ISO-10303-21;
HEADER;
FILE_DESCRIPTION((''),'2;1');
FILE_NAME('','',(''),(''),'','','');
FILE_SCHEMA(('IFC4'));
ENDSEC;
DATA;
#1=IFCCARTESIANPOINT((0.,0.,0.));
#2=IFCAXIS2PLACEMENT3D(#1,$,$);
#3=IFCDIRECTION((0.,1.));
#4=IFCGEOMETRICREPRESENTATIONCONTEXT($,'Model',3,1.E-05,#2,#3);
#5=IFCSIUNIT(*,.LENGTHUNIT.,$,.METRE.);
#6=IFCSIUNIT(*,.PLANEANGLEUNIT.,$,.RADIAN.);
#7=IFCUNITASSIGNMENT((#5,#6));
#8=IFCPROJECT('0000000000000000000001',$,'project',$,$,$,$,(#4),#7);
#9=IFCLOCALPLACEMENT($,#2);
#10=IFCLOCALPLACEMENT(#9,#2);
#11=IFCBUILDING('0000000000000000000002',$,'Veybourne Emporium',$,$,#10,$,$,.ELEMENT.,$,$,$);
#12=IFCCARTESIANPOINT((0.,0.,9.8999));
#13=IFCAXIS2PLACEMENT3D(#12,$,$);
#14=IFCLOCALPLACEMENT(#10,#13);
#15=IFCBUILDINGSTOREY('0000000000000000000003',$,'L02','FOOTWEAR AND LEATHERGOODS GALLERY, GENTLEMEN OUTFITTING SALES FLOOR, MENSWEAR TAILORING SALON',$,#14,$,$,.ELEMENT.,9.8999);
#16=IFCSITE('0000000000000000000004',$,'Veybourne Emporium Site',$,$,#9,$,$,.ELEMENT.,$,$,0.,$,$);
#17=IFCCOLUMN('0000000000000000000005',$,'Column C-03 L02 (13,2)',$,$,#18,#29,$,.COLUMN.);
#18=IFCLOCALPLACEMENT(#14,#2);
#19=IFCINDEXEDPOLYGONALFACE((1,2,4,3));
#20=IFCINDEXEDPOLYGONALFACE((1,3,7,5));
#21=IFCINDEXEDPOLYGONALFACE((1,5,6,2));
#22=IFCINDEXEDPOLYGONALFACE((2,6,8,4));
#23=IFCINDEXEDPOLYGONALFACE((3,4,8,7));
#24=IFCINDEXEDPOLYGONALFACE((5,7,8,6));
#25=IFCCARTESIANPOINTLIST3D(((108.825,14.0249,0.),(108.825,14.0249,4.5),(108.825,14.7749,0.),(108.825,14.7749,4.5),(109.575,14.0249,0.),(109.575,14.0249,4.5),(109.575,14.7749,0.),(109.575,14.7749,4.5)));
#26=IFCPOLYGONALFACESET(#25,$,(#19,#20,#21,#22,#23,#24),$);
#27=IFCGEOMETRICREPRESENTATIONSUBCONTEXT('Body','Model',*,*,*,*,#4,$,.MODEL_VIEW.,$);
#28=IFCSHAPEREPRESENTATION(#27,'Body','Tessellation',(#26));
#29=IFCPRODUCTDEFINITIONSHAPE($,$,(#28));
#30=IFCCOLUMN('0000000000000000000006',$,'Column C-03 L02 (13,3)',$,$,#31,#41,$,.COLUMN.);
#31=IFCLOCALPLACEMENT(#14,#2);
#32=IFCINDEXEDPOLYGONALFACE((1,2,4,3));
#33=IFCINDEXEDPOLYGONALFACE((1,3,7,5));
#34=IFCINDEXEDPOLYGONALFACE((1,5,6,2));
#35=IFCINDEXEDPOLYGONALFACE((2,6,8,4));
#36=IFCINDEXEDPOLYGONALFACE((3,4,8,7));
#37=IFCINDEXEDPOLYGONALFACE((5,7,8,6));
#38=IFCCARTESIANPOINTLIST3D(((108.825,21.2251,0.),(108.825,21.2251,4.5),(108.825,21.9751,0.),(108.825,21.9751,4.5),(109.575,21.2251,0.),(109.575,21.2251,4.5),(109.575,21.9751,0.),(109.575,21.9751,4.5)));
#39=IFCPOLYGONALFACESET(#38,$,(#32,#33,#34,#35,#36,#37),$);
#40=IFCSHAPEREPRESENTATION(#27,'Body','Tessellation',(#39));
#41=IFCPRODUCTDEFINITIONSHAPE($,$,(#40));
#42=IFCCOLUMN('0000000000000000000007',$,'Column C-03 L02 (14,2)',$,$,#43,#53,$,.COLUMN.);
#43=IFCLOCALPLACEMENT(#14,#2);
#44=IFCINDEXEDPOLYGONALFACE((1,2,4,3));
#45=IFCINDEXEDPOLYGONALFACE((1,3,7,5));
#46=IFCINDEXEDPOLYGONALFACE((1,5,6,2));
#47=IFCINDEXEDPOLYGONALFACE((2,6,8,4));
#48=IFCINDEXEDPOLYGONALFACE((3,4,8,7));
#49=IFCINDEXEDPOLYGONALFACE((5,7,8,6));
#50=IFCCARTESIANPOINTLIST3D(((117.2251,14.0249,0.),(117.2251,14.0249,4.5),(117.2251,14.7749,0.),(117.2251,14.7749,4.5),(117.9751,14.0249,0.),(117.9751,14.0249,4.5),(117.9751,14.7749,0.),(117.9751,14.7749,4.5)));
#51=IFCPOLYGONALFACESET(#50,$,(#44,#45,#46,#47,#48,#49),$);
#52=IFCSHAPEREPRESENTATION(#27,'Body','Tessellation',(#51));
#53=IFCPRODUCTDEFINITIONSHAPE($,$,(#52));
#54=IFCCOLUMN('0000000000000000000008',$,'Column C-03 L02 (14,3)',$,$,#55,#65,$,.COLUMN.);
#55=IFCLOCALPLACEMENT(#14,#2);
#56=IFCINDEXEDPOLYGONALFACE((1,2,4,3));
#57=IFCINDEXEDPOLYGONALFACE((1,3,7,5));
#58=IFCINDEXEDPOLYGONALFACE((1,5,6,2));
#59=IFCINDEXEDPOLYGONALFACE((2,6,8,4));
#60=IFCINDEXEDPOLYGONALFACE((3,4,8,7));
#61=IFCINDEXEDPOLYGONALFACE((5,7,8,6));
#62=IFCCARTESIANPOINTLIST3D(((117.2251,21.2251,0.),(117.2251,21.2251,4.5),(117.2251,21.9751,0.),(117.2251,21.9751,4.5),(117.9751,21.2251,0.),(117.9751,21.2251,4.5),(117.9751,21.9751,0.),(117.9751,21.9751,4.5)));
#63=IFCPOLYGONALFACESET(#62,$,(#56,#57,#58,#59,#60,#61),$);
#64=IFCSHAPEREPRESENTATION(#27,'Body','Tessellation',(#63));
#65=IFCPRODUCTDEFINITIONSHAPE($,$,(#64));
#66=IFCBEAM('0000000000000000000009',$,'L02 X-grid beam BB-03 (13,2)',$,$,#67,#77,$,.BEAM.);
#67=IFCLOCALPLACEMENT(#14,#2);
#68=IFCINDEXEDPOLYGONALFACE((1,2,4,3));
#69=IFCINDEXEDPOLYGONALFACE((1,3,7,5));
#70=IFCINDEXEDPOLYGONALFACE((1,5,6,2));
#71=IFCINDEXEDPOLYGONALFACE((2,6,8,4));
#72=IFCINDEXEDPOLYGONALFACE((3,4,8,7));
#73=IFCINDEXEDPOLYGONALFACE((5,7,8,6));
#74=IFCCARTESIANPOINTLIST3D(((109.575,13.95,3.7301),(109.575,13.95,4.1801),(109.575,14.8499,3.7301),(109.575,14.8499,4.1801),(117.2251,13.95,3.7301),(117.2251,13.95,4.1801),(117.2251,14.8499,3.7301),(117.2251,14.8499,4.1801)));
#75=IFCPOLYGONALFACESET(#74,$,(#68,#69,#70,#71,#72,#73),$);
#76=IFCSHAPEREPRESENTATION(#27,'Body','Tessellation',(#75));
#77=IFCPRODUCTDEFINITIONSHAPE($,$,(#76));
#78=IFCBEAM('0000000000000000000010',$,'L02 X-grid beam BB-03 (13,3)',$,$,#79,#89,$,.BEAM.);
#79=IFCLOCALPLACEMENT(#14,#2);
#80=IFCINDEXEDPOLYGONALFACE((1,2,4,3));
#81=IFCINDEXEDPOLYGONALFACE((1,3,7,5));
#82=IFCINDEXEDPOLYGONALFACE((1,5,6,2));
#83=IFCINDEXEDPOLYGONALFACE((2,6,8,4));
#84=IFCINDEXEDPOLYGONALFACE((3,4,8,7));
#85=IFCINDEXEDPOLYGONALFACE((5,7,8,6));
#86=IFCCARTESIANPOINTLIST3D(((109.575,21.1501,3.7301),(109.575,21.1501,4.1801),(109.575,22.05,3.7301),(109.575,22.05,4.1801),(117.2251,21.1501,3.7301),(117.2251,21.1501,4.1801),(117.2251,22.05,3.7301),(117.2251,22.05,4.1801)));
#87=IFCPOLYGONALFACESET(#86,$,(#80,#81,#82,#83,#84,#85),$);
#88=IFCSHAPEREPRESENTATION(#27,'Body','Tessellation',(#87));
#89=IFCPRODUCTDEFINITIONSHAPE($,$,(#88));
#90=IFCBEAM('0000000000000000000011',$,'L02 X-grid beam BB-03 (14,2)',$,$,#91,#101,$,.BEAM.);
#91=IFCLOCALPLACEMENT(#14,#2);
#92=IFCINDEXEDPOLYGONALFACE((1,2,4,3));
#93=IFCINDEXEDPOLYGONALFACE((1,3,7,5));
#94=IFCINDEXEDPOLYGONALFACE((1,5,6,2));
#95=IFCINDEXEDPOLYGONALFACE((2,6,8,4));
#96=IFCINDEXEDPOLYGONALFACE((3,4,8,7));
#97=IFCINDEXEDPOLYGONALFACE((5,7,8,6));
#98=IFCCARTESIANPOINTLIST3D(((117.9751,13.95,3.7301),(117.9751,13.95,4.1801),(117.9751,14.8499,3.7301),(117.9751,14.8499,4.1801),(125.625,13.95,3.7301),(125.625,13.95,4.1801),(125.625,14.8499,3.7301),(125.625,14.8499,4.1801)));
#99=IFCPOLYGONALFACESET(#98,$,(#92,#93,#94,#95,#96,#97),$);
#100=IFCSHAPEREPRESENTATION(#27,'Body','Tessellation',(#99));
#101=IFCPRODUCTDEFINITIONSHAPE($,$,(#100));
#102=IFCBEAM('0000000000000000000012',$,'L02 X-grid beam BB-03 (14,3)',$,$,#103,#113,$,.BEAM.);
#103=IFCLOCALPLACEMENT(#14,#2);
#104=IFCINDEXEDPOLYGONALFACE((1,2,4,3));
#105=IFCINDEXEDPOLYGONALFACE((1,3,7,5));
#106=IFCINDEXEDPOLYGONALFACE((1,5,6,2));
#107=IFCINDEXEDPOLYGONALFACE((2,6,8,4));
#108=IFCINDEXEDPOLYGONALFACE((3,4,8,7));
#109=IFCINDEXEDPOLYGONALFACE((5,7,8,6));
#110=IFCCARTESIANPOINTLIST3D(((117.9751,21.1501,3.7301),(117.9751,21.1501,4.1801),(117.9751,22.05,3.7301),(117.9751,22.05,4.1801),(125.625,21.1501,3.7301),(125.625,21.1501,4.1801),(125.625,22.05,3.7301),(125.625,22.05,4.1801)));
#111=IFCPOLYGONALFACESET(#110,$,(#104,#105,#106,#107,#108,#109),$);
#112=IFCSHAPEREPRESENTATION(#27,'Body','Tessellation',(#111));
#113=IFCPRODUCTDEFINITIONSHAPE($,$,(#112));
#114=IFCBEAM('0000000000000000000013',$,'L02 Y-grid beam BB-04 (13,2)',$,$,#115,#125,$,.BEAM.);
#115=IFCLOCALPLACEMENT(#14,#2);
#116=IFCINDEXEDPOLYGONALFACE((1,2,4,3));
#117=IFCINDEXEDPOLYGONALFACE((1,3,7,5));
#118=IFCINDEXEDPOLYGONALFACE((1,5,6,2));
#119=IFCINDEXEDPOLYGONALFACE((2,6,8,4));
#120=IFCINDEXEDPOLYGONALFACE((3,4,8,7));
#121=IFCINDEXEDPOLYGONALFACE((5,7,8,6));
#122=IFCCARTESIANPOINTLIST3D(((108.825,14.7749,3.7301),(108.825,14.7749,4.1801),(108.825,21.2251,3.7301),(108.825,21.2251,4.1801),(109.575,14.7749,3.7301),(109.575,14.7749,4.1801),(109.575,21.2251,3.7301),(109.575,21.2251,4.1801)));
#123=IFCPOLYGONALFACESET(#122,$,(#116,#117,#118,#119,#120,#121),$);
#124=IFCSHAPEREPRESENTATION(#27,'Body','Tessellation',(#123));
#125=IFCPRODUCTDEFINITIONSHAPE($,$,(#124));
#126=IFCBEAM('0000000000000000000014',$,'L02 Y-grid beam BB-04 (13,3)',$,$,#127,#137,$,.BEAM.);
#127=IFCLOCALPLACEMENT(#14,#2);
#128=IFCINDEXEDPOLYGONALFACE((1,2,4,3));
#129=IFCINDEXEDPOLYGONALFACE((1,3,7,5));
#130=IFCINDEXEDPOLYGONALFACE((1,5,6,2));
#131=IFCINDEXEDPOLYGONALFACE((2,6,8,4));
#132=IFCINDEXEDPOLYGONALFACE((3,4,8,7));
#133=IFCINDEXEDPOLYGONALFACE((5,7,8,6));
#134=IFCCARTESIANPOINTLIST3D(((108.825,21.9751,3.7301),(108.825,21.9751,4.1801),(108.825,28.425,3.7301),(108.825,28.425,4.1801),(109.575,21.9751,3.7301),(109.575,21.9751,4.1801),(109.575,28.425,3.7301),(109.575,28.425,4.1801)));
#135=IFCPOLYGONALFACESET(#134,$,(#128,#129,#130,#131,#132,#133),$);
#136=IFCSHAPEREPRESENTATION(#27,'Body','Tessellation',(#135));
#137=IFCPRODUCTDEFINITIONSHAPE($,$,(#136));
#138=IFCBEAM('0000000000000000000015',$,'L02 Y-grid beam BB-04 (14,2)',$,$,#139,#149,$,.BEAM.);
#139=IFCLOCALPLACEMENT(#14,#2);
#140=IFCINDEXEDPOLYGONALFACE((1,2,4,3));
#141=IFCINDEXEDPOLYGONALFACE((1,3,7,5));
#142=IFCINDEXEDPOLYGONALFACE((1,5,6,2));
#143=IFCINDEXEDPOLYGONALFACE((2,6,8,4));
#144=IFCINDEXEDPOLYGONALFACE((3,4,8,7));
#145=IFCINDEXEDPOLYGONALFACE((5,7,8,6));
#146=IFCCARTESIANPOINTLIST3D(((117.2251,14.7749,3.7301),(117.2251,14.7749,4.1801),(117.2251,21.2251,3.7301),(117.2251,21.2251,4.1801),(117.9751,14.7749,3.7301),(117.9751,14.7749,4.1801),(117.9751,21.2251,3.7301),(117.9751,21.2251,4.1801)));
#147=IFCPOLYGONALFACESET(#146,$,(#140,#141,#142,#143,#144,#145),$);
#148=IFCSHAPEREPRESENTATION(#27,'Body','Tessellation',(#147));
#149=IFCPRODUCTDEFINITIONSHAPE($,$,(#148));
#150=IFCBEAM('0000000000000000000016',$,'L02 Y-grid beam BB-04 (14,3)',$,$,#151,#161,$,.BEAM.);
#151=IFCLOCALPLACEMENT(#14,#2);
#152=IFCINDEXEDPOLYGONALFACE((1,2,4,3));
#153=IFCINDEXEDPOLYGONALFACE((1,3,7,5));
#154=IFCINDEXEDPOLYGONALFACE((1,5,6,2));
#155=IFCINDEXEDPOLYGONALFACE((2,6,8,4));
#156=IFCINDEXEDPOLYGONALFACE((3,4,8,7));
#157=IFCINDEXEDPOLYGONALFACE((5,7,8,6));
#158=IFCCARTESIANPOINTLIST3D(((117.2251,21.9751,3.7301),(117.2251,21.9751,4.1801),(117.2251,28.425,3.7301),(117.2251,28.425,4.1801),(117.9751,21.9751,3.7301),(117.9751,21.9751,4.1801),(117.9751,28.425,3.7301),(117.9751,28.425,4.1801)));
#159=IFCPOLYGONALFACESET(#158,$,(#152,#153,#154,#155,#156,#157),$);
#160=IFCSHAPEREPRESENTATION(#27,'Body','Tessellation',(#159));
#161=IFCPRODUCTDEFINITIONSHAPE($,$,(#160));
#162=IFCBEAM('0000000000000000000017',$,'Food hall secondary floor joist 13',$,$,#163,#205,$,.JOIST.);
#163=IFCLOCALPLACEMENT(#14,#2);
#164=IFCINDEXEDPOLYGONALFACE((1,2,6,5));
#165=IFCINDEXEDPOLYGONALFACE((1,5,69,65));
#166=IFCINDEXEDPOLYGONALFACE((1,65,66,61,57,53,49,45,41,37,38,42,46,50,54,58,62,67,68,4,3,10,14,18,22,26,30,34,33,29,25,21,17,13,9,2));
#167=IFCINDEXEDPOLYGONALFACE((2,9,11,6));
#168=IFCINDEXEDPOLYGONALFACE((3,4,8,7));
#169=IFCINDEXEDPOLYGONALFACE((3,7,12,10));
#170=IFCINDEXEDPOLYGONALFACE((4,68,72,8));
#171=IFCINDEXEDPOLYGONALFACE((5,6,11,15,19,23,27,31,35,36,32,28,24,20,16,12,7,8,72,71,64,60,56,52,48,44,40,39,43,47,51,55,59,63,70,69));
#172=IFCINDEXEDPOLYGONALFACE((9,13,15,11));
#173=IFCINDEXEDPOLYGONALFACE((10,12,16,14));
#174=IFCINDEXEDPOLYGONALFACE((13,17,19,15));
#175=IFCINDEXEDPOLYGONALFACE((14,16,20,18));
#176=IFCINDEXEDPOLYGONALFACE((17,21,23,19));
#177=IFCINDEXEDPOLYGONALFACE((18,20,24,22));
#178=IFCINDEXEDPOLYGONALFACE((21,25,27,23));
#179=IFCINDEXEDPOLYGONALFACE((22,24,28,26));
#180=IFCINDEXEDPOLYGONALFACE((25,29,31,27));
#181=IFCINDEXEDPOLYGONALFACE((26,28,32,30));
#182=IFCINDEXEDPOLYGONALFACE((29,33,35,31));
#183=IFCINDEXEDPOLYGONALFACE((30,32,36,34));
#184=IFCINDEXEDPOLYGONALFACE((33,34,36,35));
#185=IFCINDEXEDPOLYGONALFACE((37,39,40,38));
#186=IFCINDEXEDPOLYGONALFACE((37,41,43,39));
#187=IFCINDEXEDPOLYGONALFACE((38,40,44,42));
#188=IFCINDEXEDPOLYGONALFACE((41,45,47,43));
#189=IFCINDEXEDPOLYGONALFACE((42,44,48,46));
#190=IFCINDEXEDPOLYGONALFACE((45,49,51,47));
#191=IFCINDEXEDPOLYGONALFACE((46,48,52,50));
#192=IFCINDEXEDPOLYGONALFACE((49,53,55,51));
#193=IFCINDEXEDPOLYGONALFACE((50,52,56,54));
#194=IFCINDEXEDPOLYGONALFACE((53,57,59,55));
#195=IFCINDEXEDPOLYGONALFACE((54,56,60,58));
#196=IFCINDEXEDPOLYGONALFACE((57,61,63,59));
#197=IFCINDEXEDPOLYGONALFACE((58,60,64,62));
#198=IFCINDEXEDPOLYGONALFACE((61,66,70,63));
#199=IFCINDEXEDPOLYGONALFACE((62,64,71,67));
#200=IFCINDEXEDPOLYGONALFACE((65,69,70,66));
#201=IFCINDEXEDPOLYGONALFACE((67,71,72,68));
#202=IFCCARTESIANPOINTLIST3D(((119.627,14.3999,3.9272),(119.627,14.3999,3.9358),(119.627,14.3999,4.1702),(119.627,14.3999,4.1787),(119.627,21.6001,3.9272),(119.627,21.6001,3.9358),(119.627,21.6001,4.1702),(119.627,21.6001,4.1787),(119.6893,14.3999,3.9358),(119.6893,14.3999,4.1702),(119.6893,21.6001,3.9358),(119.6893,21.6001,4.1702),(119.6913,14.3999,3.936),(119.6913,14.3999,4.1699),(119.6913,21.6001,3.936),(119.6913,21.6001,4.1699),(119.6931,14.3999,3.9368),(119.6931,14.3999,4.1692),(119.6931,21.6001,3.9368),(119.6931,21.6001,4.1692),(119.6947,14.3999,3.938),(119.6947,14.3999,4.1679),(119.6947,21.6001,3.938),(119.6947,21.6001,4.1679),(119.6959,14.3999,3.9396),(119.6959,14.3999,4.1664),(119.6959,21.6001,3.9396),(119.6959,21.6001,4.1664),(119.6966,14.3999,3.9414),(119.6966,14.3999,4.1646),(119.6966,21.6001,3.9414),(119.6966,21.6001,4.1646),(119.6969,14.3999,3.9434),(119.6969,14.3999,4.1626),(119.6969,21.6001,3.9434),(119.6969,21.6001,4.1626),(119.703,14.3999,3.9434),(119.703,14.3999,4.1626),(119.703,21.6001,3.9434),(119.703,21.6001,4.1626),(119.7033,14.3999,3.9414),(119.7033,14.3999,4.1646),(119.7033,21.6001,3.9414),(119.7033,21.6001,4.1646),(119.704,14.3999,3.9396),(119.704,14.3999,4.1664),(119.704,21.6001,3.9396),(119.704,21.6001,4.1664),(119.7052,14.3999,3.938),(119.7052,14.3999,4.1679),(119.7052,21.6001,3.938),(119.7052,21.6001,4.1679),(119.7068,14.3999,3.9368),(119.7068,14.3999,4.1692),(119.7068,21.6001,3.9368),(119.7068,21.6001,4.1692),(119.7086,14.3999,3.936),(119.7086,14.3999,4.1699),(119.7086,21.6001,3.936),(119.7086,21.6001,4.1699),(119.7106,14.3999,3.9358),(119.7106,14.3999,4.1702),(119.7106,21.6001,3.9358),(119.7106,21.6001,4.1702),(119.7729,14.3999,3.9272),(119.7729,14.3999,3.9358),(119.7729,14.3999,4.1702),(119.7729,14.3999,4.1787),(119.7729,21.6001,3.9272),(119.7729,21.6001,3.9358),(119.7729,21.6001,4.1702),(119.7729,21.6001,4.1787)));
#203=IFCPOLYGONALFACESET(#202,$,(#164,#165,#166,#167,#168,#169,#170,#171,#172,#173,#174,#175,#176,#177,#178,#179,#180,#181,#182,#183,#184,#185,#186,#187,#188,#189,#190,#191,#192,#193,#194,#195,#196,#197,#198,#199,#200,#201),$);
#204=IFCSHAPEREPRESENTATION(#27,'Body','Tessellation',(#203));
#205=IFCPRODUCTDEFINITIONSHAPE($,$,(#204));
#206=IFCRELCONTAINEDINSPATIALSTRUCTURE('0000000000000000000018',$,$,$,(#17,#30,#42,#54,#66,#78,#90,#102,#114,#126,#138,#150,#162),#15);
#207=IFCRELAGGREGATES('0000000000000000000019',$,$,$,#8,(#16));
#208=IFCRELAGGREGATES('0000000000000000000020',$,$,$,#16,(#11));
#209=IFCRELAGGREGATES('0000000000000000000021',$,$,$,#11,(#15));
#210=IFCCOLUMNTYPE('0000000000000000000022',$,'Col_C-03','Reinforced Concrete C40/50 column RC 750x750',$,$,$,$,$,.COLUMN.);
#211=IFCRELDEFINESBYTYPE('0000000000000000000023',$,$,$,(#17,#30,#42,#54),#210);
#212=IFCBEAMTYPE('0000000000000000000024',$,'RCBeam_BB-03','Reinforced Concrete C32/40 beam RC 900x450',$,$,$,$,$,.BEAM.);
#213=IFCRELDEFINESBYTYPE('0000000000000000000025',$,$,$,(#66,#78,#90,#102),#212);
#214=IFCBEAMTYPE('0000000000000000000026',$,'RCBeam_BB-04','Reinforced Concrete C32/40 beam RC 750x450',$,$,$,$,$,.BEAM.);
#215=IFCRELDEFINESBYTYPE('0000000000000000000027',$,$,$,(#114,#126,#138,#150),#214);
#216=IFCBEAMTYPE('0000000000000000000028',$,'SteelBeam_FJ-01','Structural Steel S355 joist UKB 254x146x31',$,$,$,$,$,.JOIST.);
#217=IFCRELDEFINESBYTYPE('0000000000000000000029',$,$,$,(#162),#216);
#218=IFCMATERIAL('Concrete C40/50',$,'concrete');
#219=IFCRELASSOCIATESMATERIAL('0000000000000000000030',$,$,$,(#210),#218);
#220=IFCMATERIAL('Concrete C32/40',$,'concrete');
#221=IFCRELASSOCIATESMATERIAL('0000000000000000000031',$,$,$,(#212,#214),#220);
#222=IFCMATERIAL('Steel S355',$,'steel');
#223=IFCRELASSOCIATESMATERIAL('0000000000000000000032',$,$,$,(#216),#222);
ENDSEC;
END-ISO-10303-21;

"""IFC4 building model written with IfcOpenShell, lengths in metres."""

from ifc_helpers import new_model, si_unit, direction, frame, origin, origin_2d, place, context, subcontext, project, spatial, rectangle, i_section, extrude, material, material_profile, profile_set, type_object, element, save


model = new_model("IFC4")

# Units and contexts
model_context = context("Model", 3, precision=1e-05, world=origin(), true_north=direction((0.0, 1.0)))
body_context = subcontext(model_context, "Body", "Model", "MODEL_VIEW")
ifc_project = project(units=[si_unit("LENGTHUNIT", "METRE"), si_unit("PLANEANGLEUNIT", "RADIAN")], contexts=[model_context])

# Site, building, storey
site_placement = place(None, origin())
site = spatial("IfcSite", under=ifc_project, at=site_placement, Name="Veybourne Emporium Site", CompositionType="ELEMENT", RefElevation=0.0)
building_placement = place(site_placement, origin())
building = spatial("IfcBuilding", under=site, at=building_placement, Name="Veybourne Emporium", CompositionType="ELEMENT")
storey_placement = place(building_placement, frame((0.0, 0.0, 9.8999)))
storey = spatial("IfcBuildingStorey", under=building, at=storey_placement, Name="L02", Description="FOOTWEAR AND LEATHERGOODS GALLERY, GENTLEMEN OUTFITTING SALES FLOOR, MENSWEAR TAILORING SALON", CompositionType="ELEMENT", Elevation=9.8999)

# Columns
ifc_material_1 = material(Name="Concrete C40/50", Category="concrete")
ifc_material_profile_1 = material_profile(ifc_material_1, rectangle(XDim=0.75, YDim=0.75, at=origin_2d()), Name="RC 750x750")
ifc_profile_set_1 = profile_set([ifc_material_profile_1], Name="Concrete C40/50")
column_type = type_object("IfcColumnType", Name="Col_C-03", Description="Reinforced Concrete C40/50 column RC 750x750", PredefinedType="COLUMN", material=ifc_profile_set_1)
for number, where, z_axis, x_axis, name in (
    (1, (109.2, 14.3999, 0.0), (0.0, 0.0, 1.0), (1.0, 0.0, 0.0), "Column C-03 L02 (13,2)"),
    (2, (109.2, 21.6001, 0.0), (0.0, 0.0, 1.0), (1.0, 0.0, 0.0), "Column C-03 L02 (13,3)"),
    (3, (117.6001, 14.3999, 0.0), (0.0, 0.0, 1.0), (1.0, 0.0, 0.0), "Column C-03 L02 (14,2)"),
    (4, (117.6001, 21.6001, 0.0), (0.0, 0.0, 1.0), (1.0, 0.0, 0.0), "Column C-03 L02 (14,3)"),
):
    element("IfcColumn", number, at=place(storey_placement, frame(where, z_axis=z_axis, x_axis=x_axis)), inside=storey, type_object=column_type, Name=name, PredefinedType="COLUMN", context=body_context, shape_type="SweptSolid", body=[
        extrude(rectangle(XDim=0.75, YDim=0.75, at=origin_2d()), origin(), (0.0, 0.0, 1.0), 4.5),
    ])

# Beams
ifc_material_2 = material(Name="Concrete C32/40", Category="concrete")
ifc_material_profile_2 = material_profile(ifc_material_2, rectangle(XDim=0.8999, YDim=0.45, at=origin_2d()), Name="RC 900x450")
ifc_profile_set_2 = profile_set([ifc_material_profile_2], Name="Concrete C32/40")
beam_type_1 = type_object("IfcBeamType", Name="RCBeam_BB-03", Description="Reinforced Concrete C32/40 beam RC 900x450", PredefinedType="BEAM", material=ifc_profile_set_2)
for number, where, z_axis, x_axis, name in (
    (5, (109.575, 14.3999, 3.9551), (1.0, 0.0, 0.0), (0.0, 1.0, 0.0), "L02 X-grid beam BB-03 (13,2)"),
    (6, (109.575, 21.6001, 3.9551), (1.0, 0.0, 0.0), (0.0, 1.0, 0.0), "L02 X-grid beam BB-03 (13,3)"),
):
    element("IfcBeam", number, at=place(storey_placement, frame(where, z_axis=z_axis, x_axis=x_axis)), inside=storey, type_object=beam_type_1, Name=name, PredefinedType="BEAM", context=body_context, shape_type="SweptSolid", body=[
        extrude(rectangle(XDim=0.8999, YDim=0.45, at=origin_2d()), origin(), (0.0, 0.0, 1.0), 7.6501),
    ])
for number, where, z_axis, x_axis, name in (
    (7, (117.9751, 14.3999, 3.9551), (1.0, 0.0, 0.0), (0.0, 1.0, 0.0), "L02 X-grid beam BB-03 (14,2)"),
    (8, (117.9751, 21.6001, 3.9551), (1.0, 0.0, 0.0), (0.0, 1.0, 0.0), "L02 X-grid beam BB-03 (14,3)"),
):
    element("IfcBeam", number, at=place(storey_placement, frame(where, z_axis=z_axis, x_axis=x_axis)), inside=storey, type_object=beam_type_1, Name=name, PredefinedType="BEAM", context=body_context, shape_type="SweptSolid", body=[
        extrude(rectangle(XDim=0.8999, YDim=0.45, at=origin_2d()), origin(), (0.0, 0.0, 1.0), 7.6499),
    ])
ifc_material_profile_3 = material_profile(ifc_material_2, rectangle(XDim=0.75, YDim=0.45, at=origin_2d()), Name="RC 750x450")
ifc_profile_set_3 = profile_set([ifc_material_profile_3], Name="Concrete C32/40")
beam_type_2 = type_object("IfcBeamType", Name="RCBeam_BB-04", Description="Reinforced Concrete C32/40 beam RC 750x450", PredefinedType="BEAM", material=ifc_profile_set_3)
beam_1_placement = place(storey_placement, frame((109.2, 14.7749, 3.9551), z_axis=(0.0, 1.0, 0.0), x_axis=(-1.0, 0.0, 0.0)))
element("IfcBeam", 9, at=beam_1_placement, inside=storey, type_object=beam_type_2, Name="L02 Y-grid beam BB-04 (13,2)", PredefinedType="BEAM", context=body_context, shape_type="SweptSolid", body=[
    extrude(rectangle(XDim=0.75, YDim=0.45, at=origin_2d()), origin(), (0.0, 0.0, 1.0), 6.4502),
])
beam_2_placement = place(storey_placement, frame((109.2, 21.9751, 3.9551), z_axis=(0.0, 1.0, 0.0), x_axis=(-1.0, 0.0, 0.0)))
element("IfcBeam", 10, at=beam_2_placement, inside=storey, type_object=beam_type_2, Name="L02 Y-grid beam BB-04 (13,3)", PredefinedType="BEAM", context=body_context, shape_type="SweptSolid", body=[
    extrude(rectangle(XDim=0.75, YDim=0.45, at=origin_2d()), origin(), (0.0, 0.0, 1.0), 6.45),
])
beam_3_placement = place(storey_placement, frame((117.6001, 14.7749, 3.9551), z_axis=(0.0, 1.0, 0.0), x_axis=(-1.0, 0.0, 0.0)))
element("IfcBeam", 11, at=beam_3_placement, inside=storey, type_object=beam_type_2, Name="L02 Y-grid beam BB-04 (14,2)", PredefinedType="BEAM", context=body_context, shape_type="SweptSolid", body=[
    extrude(rectangle(XDim=0.75, YDim=0.45, at=origin_2d()), origin(), (0.0, 0.0, 1.0), 6.4502),
])
beam_4_placement = place(storey_placement, frame((117.6001, 21.9751, 3.9551), z_axis=(0.0, 1.0, 0.0), x_axis=(-1.0, 0.0, 0.0)))
element("IfcBeam", 12, at=beam_4_placement, inside=storey, type_object=beam_type_2, Name="L02 Y-grid beam BB-04 (14,3)", PredefinedType="BEAM", context=body_context, shape_type="SweptSolid", body=[
    extrude(rectangle(XDim=0.75, YDim=0.45, at=origin_2d()), origin(), (0.0, 0.0, 1.0), 6.45),
])
ifc_material_3 = material(Name="Steel S355", Category="steel")
ifc_material_profile_4 = material_profile(ifc_material_3, i_section(OverallWidth=0.146, OverallDepth=0.2515, WebThickness=0.0061, FlangeThickness=0.0085, FilletRadius=0.0076, at=origin_2d()), Name="UKB 254x146x31")
ifc_profile_set_4 = profile_set([ifc_material_profile_4], Name="Steel S355")
beam_type_3 = type_object("IfcBeamType", Name="SteelBeam_FJ-01", Description="Structural Steel S355 joist UKB 254x146x31", PredefinedType="JOIST", material=ifc_profile_set_4)
for number, where, z_axis, x_axis, name in (
    (13, (119.7, 14.3999, 4.053), (0.0, 1.0, 0.0), (-1.0, 0.0, 0.0), "Food hall secondary floor joist 13"),
):
    element("IfcBeam", number, at=place(storey_placement, frame(where, z_axis=z_axis, x_axis=x_axis)), inside=storey, type_object=beam_type_3, Name=name, PredefinedType="JOIST", context=body_context, shape_type="SweptSolid", body=[
        extrude(i_section(OverallWidth=0.146, OverallDepth=0.2515, WebThickness=0.0061, FlangeThickness=0.0085, FilletRadius=0.0076, at=origin_2d()), origin(), (0.0, 0.0, 1.0), 7.2002),
    ])

save(model, "model.ifc")
